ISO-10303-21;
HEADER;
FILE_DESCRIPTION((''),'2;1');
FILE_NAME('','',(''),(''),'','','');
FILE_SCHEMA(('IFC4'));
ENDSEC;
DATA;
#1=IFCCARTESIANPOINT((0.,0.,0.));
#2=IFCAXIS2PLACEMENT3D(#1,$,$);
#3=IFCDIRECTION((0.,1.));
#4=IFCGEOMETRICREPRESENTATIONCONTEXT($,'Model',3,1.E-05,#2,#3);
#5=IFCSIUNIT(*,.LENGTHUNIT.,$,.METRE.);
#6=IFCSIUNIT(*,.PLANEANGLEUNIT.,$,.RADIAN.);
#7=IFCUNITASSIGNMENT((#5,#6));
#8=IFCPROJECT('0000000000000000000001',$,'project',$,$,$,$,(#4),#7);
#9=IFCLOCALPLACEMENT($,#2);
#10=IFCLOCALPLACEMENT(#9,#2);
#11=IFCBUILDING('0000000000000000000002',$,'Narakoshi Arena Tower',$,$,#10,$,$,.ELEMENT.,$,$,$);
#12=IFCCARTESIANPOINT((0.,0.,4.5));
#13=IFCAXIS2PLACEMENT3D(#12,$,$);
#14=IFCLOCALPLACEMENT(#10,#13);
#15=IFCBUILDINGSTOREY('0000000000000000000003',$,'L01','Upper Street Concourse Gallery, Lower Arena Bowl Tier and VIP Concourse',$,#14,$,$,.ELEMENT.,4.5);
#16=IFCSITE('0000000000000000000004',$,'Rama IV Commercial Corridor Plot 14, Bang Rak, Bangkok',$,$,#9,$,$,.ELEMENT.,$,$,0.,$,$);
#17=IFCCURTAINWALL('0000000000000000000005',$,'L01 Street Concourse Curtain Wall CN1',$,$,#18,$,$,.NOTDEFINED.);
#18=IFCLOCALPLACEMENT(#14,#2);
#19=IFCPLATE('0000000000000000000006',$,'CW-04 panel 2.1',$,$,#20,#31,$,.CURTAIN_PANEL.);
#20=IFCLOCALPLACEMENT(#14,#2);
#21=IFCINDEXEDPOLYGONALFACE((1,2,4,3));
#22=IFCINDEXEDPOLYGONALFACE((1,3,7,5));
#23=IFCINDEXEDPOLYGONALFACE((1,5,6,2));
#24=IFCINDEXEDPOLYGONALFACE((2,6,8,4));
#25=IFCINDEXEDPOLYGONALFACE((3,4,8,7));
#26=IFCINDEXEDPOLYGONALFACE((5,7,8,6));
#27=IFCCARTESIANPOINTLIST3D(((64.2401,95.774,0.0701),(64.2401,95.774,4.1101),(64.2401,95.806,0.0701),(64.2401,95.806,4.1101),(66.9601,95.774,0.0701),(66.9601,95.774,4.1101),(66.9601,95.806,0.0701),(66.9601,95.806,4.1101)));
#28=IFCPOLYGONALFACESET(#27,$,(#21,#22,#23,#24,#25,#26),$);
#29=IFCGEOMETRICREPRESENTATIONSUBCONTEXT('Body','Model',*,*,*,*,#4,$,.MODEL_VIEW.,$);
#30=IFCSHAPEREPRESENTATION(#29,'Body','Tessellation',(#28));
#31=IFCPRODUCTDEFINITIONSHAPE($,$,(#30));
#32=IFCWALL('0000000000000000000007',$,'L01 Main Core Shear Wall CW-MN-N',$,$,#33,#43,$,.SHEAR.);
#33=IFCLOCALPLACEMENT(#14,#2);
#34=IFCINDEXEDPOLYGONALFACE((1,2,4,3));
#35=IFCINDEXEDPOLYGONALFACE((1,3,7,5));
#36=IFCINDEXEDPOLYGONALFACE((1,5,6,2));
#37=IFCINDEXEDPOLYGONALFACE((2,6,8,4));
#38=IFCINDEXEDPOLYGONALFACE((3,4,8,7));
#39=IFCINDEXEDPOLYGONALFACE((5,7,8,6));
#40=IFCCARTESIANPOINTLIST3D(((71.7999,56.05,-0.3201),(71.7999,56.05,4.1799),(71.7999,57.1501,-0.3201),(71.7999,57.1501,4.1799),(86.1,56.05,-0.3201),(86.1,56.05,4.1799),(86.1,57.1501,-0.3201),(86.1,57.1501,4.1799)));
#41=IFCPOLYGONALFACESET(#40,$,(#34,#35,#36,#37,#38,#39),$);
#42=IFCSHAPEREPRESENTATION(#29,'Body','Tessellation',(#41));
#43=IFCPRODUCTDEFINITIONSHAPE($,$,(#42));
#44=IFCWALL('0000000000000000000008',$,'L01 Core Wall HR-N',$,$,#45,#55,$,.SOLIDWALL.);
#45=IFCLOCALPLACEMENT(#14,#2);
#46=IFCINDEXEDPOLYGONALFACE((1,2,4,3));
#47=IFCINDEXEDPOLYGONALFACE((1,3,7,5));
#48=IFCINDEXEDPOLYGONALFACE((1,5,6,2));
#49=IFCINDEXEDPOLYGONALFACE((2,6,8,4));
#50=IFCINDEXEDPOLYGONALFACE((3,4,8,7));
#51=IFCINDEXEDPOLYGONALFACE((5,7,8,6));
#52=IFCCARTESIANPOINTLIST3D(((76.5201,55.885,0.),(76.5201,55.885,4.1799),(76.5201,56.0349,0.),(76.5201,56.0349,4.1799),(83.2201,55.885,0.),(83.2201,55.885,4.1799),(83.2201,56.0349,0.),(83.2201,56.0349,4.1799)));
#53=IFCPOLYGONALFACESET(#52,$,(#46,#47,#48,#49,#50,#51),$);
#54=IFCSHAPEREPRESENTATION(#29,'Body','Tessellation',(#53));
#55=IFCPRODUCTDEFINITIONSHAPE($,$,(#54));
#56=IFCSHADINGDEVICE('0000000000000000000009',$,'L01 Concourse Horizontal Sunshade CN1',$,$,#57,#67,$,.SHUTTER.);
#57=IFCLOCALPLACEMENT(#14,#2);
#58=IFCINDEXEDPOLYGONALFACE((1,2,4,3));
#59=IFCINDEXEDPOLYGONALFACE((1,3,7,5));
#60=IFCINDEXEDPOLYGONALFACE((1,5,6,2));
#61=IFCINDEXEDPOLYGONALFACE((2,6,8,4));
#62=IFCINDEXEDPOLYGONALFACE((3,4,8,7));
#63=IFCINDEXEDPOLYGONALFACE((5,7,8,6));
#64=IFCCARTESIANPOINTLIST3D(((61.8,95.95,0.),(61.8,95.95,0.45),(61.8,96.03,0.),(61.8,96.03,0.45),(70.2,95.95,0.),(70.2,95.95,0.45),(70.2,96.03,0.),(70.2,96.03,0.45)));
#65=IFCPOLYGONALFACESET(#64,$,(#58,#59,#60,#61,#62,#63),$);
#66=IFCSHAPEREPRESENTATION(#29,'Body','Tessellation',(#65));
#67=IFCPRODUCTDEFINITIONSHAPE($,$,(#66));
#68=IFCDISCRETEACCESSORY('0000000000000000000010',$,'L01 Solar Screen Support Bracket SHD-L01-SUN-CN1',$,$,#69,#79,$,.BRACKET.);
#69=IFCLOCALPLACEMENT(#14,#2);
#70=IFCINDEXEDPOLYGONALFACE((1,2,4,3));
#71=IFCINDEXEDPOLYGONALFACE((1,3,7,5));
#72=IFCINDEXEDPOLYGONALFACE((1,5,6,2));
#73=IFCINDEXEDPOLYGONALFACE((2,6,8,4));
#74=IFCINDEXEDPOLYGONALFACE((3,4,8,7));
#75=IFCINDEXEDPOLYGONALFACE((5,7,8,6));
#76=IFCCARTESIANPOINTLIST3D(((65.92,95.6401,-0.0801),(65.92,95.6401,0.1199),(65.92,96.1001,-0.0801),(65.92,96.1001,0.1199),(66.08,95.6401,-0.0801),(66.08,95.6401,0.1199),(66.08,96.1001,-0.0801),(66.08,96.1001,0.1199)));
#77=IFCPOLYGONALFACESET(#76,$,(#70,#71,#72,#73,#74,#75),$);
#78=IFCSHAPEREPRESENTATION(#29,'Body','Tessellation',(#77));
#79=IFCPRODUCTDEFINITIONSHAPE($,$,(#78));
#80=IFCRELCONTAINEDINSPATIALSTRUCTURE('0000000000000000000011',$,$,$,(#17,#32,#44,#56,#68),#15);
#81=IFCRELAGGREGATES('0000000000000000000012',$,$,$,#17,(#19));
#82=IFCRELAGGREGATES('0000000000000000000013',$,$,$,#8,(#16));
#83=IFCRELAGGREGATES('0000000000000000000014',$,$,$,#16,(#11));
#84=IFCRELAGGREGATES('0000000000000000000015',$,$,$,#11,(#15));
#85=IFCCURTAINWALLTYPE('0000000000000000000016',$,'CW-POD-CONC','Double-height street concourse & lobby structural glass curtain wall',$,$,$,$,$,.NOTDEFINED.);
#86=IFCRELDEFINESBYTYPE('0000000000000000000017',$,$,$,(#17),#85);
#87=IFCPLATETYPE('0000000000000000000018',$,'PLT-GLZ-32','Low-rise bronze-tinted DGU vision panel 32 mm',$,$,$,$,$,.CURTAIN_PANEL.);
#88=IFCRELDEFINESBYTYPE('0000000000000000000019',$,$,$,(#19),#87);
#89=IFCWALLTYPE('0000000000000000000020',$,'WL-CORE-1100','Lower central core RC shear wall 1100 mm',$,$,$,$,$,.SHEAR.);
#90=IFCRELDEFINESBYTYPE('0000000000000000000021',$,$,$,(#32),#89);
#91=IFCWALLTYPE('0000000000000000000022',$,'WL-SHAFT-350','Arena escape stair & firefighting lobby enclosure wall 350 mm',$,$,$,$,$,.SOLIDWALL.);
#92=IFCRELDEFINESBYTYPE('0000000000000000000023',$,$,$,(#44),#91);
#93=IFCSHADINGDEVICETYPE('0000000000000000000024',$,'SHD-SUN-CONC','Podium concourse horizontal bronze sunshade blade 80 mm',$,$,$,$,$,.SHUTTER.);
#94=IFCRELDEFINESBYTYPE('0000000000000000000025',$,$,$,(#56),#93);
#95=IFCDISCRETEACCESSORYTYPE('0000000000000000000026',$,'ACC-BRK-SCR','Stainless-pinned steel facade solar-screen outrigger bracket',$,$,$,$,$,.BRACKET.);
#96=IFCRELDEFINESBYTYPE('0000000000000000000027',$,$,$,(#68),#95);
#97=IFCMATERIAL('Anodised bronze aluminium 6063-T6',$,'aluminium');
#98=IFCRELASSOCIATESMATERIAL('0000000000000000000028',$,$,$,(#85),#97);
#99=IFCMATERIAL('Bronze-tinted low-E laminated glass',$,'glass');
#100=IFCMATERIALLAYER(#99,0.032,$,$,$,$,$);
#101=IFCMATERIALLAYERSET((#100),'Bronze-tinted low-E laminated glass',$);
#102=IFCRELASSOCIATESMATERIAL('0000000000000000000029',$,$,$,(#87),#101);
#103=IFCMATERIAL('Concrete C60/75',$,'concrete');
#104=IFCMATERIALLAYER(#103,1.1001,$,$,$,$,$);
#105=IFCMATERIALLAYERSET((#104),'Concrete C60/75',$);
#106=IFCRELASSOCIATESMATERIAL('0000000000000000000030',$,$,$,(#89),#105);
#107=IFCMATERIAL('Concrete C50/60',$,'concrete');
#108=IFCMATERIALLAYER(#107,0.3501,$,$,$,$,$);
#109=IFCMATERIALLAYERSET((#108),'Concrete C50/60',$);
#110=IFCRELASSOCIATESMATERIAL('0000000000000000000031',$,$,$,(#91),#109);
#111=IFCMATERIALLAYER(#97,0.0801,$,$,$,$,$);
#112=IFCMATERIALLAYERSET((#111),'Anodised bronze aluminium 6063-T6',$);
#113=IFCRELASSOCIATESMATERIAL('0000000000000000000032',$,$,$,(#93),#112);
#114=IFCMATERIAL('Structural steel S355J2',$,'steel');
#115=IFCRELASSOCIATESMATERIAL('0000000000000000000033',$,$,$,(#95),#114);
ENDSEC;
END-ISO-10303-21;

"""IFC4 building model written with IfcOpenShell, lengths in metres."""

from ifc_helpers import new_model, si_unit, direction, frame, frame_2d, origin, origin_2d, place, context, subcontext, project, spatial, rectangle, extrude, material, layer, layer_set, type_object, element, aggregate, save


model = new_model("IFC4")

# Units and contexts
model_context = context("Model", 3, precision=1e-05, world=origin(), true_north=direction((0.0, 1.0)))
body_context = subcontext(model_context, "Body", "Model", "MODEL_VIEW")
ifc_project = project(units=[si_unit("LENGTHUNIT", "METRE"), si_unit("PLANEANGLEUNIT", "RADIAN")], contexts=[model_context])

# Site, building, storey
site_placement = place(None, origin())
site = spatial("IfcSite", under=ifc_project, at=site_placement, Name="Rama IV Commercial Corridor Plot 14, Bang Rak, Bangkok", CompositionType="ELEMENT", RefElevation=0.0)
building_placement = place(site_placement, origin())
building = spatial("IfcBuilding", under=site, at=building_placement, Name="Narakoshi Arena Tower", CompositionType="ELEMENT")
storey_placement = place(building_placement, frame((0.0, 0.0, 4.5)))
storey = spatial("IfcBuildingStorey", under=building, at=storey_placement, Name="L01", Description="Upper Street Concourse Gallery, Lower Arena Bowl Tier and VIP Concourse", CompositionType="ELEMENT", Elevation=4.5)

# Shared definitions
ifc_material_1 = material(Name="Concrete C60/75", Category="concrete")

# Shared definitions
ifc_material_2 = material(Name="Structural steel S355J2", Category="steel")

# Curtain wall, plate
ifc_material_3 = material(Name="Anodised bronze aluminium 6063-T6", Category="aluminium")
curtain_wall_type = type_object("IfcCurtainWallType", Name="CW-POD-CONC", Description="Double-height street concourse & lobby structural glass curtain wall", PredefinedType="NOTDEFINED", material=ifc_material_3)
curtain_wall_placement = place(storey_placement, origin())
curtain_wall = element("IfcCurtainWall", 1, at=curtain_wall_placement, inside=storey, type_object=curtain_wall_type, Name="L01 Street Concourse Curtain Wall CN1", PredefinedType="NOTDEFINED")
ifc_material_4 = material(Name="Bronze-tinted low-E laminated glass", Category="glass")
ifc_layer_1 = layer(ifc_material_4, 0.032)
ifc_layer_set_1 = layer_set([ifc_layer_1], Name="Bronze-tinted low-E laminated glass")
plate_type = type_object("IfcPlateType", Name="PLT-GLZ-32", Description="Low-rise bronze-tinted DGU vision panel 32 mm", PredefinedType="CURTAIN_PANEL", material=ifc_layer_set_1)
plate_1_placement = place(storey_placement, frame((65.6001, 95.79, 0.0701), z_axis=(0.0, 0.0, 1.0), x_axis=(-1.0, 0.0, 0.0)))
plate_1 = element("IfcPlate", 2, at=plate_1_placement, type_object=plate_type, Name="CW-04 panel 2.1", PredefinedType="CURTAIN_PANEL", context=body_context, shape_type="SweptSolid", body=[
    extrude(rectangle(XDim=2.72, YDim=0.032, at=origin_2d()), origin(), (0.0, 0.0, 1.0), 4.04),
])
aggregate(curtain_wall, [plate_1])

# Walls
ifc_layer_2 = layer(ifc_material_1, 1.1001)
ifc_layer_set_2 = layer_set([ifc_layer_2], Name="Concrete C60/75")
wall_type_1 = type_object("IfcWallType", Name="WL-CORE-1100", Description="Lower central core RC shear wall 1100 mm", PredefinedType="SHEAR", material=ifc_layer_set_2)
wall_1_placement = place(storey_placement, frame((71.8, 56.6001, -0.3201), z_axis=(0.0, 0.0, 1.0), x_axis=(1.0, 0.0, 0.0)))
element("IfcWall", 3, at=wall_1_placement, inside=storey, type_object=wall_type_1, Name="L01 Main Core Shear Wall CW-MN-N", PredefinedType="SHEAR", context=body_context, shape_type="SweptSolid", body=[
    extrude(rectangle(XDim=14.3, YDim=1.1001, at=frame_2d((7.1499, 0.0))), origin(), (0.0, 0.0, 1.0), 4.5),
])
ifc_material_5 = material(Name="Concrete C50/60", Category="concrete")
ifc_layer_3 = layer(ifc_material_5, 0.3501)
ifc_layer_set_3 = layer_set([ifc_layer_3], Name="Concrete C50/60")
wall_type_2 = type_object("IfcWallType", Name="WL-SHAFT-350", Description="Arena escape stair & firefighting lobby enclosure wall 350 mm", PredefinedType="SOLIDWALL", material=ifc_layer_set_3)
wall_2_placement = place(storey_placement, frame((76.52, 55.96, 0.0), z_axis=(0.0, 0.0, 1.0), x_axis=(1.0, 0.0, 0.0)))
element("IfcWall", 4, at=wall_2_placement, inside=storey, type_object=wall_type_2, Name="L01 Core Wall HR-N", PredefinedType="SOLIDWALL", context=body_context, shape_type="SweptSolid", body=[
    extrude(rectangle(XDim=6.7, YDim=0.1499, at=frame_2d((3.3501, 0.0))), origin(), (0.0, 0.0, 1.0), 4.1799),
])

# Shading device
ifc_layer_4 = layer(ifc_material_3, 0.0801)
ifc_layer_set_4 = layer_set([ifc_layer_4], Name="Anodised bronze aluminium 6063-T6")
shading_device_type = type_object("IfcShadingDeviceType", Name="SHD-SUN-CONC", Description="Podium concourse horizontal bronze sunshade blade 80 mm", PredefinedType="SHUTTER", material=ifc_layer_set_4)
shading_device_placement = place(storey_placement, frame((66.0, 95.99, 0.0), z_axis=(0.0, 0.0, 1.0), x_axis=(-1.0, 0.0, 0.0)))
element("IfcShadingDevice", 5, at=shading_device_placement, inside=storey, type_object=shading_device_type, Name="L01 Concourse Horizontal Sunshade CN1", PredefinedType="SHUTTER", context=body_context, shape_type="SweptSolid", body=[
    extrude(rectangle(XDim=8.3999, YDim=0.0801, at=origin_2d()), origin(), (0.0, 0.0, 1.0), 0.45),
])

# Discrete accessory
discrete_accessory_type = type_object("IfcDiscreteAccessoryType", Name="ACC-BRK-SCR", Description="Stainless-pinned steel facade solar-screen outrigger bracket", PredefinedType="BRACKET", material=ifc_material_2)
discrete_accessory_placement = place(storey_placement, frame((66.0, 95.8701, -0.0801), z_axis=(0.0, 0.0, 1.0), x_axis=(-1.0, 0.0, 0.0)))
element("IfcDiscreteAccessory", 6, at=discrete_accessory_placement, inside=storey, type_object=discrete_accessory_type, Name="L01 Solar Screen Support Bracket SHD-L01-SUN-CN1", PredefinedType="BRACKET", context=body_context, shape_type="SweptSolid", body=[
    extrude(rectangle(XDim=0.1599, YDim=0.46, at=origin_2d()), origin(), (0.0, 0.0, 1.0), 0.2),
])

save(model, "model.ifc")
